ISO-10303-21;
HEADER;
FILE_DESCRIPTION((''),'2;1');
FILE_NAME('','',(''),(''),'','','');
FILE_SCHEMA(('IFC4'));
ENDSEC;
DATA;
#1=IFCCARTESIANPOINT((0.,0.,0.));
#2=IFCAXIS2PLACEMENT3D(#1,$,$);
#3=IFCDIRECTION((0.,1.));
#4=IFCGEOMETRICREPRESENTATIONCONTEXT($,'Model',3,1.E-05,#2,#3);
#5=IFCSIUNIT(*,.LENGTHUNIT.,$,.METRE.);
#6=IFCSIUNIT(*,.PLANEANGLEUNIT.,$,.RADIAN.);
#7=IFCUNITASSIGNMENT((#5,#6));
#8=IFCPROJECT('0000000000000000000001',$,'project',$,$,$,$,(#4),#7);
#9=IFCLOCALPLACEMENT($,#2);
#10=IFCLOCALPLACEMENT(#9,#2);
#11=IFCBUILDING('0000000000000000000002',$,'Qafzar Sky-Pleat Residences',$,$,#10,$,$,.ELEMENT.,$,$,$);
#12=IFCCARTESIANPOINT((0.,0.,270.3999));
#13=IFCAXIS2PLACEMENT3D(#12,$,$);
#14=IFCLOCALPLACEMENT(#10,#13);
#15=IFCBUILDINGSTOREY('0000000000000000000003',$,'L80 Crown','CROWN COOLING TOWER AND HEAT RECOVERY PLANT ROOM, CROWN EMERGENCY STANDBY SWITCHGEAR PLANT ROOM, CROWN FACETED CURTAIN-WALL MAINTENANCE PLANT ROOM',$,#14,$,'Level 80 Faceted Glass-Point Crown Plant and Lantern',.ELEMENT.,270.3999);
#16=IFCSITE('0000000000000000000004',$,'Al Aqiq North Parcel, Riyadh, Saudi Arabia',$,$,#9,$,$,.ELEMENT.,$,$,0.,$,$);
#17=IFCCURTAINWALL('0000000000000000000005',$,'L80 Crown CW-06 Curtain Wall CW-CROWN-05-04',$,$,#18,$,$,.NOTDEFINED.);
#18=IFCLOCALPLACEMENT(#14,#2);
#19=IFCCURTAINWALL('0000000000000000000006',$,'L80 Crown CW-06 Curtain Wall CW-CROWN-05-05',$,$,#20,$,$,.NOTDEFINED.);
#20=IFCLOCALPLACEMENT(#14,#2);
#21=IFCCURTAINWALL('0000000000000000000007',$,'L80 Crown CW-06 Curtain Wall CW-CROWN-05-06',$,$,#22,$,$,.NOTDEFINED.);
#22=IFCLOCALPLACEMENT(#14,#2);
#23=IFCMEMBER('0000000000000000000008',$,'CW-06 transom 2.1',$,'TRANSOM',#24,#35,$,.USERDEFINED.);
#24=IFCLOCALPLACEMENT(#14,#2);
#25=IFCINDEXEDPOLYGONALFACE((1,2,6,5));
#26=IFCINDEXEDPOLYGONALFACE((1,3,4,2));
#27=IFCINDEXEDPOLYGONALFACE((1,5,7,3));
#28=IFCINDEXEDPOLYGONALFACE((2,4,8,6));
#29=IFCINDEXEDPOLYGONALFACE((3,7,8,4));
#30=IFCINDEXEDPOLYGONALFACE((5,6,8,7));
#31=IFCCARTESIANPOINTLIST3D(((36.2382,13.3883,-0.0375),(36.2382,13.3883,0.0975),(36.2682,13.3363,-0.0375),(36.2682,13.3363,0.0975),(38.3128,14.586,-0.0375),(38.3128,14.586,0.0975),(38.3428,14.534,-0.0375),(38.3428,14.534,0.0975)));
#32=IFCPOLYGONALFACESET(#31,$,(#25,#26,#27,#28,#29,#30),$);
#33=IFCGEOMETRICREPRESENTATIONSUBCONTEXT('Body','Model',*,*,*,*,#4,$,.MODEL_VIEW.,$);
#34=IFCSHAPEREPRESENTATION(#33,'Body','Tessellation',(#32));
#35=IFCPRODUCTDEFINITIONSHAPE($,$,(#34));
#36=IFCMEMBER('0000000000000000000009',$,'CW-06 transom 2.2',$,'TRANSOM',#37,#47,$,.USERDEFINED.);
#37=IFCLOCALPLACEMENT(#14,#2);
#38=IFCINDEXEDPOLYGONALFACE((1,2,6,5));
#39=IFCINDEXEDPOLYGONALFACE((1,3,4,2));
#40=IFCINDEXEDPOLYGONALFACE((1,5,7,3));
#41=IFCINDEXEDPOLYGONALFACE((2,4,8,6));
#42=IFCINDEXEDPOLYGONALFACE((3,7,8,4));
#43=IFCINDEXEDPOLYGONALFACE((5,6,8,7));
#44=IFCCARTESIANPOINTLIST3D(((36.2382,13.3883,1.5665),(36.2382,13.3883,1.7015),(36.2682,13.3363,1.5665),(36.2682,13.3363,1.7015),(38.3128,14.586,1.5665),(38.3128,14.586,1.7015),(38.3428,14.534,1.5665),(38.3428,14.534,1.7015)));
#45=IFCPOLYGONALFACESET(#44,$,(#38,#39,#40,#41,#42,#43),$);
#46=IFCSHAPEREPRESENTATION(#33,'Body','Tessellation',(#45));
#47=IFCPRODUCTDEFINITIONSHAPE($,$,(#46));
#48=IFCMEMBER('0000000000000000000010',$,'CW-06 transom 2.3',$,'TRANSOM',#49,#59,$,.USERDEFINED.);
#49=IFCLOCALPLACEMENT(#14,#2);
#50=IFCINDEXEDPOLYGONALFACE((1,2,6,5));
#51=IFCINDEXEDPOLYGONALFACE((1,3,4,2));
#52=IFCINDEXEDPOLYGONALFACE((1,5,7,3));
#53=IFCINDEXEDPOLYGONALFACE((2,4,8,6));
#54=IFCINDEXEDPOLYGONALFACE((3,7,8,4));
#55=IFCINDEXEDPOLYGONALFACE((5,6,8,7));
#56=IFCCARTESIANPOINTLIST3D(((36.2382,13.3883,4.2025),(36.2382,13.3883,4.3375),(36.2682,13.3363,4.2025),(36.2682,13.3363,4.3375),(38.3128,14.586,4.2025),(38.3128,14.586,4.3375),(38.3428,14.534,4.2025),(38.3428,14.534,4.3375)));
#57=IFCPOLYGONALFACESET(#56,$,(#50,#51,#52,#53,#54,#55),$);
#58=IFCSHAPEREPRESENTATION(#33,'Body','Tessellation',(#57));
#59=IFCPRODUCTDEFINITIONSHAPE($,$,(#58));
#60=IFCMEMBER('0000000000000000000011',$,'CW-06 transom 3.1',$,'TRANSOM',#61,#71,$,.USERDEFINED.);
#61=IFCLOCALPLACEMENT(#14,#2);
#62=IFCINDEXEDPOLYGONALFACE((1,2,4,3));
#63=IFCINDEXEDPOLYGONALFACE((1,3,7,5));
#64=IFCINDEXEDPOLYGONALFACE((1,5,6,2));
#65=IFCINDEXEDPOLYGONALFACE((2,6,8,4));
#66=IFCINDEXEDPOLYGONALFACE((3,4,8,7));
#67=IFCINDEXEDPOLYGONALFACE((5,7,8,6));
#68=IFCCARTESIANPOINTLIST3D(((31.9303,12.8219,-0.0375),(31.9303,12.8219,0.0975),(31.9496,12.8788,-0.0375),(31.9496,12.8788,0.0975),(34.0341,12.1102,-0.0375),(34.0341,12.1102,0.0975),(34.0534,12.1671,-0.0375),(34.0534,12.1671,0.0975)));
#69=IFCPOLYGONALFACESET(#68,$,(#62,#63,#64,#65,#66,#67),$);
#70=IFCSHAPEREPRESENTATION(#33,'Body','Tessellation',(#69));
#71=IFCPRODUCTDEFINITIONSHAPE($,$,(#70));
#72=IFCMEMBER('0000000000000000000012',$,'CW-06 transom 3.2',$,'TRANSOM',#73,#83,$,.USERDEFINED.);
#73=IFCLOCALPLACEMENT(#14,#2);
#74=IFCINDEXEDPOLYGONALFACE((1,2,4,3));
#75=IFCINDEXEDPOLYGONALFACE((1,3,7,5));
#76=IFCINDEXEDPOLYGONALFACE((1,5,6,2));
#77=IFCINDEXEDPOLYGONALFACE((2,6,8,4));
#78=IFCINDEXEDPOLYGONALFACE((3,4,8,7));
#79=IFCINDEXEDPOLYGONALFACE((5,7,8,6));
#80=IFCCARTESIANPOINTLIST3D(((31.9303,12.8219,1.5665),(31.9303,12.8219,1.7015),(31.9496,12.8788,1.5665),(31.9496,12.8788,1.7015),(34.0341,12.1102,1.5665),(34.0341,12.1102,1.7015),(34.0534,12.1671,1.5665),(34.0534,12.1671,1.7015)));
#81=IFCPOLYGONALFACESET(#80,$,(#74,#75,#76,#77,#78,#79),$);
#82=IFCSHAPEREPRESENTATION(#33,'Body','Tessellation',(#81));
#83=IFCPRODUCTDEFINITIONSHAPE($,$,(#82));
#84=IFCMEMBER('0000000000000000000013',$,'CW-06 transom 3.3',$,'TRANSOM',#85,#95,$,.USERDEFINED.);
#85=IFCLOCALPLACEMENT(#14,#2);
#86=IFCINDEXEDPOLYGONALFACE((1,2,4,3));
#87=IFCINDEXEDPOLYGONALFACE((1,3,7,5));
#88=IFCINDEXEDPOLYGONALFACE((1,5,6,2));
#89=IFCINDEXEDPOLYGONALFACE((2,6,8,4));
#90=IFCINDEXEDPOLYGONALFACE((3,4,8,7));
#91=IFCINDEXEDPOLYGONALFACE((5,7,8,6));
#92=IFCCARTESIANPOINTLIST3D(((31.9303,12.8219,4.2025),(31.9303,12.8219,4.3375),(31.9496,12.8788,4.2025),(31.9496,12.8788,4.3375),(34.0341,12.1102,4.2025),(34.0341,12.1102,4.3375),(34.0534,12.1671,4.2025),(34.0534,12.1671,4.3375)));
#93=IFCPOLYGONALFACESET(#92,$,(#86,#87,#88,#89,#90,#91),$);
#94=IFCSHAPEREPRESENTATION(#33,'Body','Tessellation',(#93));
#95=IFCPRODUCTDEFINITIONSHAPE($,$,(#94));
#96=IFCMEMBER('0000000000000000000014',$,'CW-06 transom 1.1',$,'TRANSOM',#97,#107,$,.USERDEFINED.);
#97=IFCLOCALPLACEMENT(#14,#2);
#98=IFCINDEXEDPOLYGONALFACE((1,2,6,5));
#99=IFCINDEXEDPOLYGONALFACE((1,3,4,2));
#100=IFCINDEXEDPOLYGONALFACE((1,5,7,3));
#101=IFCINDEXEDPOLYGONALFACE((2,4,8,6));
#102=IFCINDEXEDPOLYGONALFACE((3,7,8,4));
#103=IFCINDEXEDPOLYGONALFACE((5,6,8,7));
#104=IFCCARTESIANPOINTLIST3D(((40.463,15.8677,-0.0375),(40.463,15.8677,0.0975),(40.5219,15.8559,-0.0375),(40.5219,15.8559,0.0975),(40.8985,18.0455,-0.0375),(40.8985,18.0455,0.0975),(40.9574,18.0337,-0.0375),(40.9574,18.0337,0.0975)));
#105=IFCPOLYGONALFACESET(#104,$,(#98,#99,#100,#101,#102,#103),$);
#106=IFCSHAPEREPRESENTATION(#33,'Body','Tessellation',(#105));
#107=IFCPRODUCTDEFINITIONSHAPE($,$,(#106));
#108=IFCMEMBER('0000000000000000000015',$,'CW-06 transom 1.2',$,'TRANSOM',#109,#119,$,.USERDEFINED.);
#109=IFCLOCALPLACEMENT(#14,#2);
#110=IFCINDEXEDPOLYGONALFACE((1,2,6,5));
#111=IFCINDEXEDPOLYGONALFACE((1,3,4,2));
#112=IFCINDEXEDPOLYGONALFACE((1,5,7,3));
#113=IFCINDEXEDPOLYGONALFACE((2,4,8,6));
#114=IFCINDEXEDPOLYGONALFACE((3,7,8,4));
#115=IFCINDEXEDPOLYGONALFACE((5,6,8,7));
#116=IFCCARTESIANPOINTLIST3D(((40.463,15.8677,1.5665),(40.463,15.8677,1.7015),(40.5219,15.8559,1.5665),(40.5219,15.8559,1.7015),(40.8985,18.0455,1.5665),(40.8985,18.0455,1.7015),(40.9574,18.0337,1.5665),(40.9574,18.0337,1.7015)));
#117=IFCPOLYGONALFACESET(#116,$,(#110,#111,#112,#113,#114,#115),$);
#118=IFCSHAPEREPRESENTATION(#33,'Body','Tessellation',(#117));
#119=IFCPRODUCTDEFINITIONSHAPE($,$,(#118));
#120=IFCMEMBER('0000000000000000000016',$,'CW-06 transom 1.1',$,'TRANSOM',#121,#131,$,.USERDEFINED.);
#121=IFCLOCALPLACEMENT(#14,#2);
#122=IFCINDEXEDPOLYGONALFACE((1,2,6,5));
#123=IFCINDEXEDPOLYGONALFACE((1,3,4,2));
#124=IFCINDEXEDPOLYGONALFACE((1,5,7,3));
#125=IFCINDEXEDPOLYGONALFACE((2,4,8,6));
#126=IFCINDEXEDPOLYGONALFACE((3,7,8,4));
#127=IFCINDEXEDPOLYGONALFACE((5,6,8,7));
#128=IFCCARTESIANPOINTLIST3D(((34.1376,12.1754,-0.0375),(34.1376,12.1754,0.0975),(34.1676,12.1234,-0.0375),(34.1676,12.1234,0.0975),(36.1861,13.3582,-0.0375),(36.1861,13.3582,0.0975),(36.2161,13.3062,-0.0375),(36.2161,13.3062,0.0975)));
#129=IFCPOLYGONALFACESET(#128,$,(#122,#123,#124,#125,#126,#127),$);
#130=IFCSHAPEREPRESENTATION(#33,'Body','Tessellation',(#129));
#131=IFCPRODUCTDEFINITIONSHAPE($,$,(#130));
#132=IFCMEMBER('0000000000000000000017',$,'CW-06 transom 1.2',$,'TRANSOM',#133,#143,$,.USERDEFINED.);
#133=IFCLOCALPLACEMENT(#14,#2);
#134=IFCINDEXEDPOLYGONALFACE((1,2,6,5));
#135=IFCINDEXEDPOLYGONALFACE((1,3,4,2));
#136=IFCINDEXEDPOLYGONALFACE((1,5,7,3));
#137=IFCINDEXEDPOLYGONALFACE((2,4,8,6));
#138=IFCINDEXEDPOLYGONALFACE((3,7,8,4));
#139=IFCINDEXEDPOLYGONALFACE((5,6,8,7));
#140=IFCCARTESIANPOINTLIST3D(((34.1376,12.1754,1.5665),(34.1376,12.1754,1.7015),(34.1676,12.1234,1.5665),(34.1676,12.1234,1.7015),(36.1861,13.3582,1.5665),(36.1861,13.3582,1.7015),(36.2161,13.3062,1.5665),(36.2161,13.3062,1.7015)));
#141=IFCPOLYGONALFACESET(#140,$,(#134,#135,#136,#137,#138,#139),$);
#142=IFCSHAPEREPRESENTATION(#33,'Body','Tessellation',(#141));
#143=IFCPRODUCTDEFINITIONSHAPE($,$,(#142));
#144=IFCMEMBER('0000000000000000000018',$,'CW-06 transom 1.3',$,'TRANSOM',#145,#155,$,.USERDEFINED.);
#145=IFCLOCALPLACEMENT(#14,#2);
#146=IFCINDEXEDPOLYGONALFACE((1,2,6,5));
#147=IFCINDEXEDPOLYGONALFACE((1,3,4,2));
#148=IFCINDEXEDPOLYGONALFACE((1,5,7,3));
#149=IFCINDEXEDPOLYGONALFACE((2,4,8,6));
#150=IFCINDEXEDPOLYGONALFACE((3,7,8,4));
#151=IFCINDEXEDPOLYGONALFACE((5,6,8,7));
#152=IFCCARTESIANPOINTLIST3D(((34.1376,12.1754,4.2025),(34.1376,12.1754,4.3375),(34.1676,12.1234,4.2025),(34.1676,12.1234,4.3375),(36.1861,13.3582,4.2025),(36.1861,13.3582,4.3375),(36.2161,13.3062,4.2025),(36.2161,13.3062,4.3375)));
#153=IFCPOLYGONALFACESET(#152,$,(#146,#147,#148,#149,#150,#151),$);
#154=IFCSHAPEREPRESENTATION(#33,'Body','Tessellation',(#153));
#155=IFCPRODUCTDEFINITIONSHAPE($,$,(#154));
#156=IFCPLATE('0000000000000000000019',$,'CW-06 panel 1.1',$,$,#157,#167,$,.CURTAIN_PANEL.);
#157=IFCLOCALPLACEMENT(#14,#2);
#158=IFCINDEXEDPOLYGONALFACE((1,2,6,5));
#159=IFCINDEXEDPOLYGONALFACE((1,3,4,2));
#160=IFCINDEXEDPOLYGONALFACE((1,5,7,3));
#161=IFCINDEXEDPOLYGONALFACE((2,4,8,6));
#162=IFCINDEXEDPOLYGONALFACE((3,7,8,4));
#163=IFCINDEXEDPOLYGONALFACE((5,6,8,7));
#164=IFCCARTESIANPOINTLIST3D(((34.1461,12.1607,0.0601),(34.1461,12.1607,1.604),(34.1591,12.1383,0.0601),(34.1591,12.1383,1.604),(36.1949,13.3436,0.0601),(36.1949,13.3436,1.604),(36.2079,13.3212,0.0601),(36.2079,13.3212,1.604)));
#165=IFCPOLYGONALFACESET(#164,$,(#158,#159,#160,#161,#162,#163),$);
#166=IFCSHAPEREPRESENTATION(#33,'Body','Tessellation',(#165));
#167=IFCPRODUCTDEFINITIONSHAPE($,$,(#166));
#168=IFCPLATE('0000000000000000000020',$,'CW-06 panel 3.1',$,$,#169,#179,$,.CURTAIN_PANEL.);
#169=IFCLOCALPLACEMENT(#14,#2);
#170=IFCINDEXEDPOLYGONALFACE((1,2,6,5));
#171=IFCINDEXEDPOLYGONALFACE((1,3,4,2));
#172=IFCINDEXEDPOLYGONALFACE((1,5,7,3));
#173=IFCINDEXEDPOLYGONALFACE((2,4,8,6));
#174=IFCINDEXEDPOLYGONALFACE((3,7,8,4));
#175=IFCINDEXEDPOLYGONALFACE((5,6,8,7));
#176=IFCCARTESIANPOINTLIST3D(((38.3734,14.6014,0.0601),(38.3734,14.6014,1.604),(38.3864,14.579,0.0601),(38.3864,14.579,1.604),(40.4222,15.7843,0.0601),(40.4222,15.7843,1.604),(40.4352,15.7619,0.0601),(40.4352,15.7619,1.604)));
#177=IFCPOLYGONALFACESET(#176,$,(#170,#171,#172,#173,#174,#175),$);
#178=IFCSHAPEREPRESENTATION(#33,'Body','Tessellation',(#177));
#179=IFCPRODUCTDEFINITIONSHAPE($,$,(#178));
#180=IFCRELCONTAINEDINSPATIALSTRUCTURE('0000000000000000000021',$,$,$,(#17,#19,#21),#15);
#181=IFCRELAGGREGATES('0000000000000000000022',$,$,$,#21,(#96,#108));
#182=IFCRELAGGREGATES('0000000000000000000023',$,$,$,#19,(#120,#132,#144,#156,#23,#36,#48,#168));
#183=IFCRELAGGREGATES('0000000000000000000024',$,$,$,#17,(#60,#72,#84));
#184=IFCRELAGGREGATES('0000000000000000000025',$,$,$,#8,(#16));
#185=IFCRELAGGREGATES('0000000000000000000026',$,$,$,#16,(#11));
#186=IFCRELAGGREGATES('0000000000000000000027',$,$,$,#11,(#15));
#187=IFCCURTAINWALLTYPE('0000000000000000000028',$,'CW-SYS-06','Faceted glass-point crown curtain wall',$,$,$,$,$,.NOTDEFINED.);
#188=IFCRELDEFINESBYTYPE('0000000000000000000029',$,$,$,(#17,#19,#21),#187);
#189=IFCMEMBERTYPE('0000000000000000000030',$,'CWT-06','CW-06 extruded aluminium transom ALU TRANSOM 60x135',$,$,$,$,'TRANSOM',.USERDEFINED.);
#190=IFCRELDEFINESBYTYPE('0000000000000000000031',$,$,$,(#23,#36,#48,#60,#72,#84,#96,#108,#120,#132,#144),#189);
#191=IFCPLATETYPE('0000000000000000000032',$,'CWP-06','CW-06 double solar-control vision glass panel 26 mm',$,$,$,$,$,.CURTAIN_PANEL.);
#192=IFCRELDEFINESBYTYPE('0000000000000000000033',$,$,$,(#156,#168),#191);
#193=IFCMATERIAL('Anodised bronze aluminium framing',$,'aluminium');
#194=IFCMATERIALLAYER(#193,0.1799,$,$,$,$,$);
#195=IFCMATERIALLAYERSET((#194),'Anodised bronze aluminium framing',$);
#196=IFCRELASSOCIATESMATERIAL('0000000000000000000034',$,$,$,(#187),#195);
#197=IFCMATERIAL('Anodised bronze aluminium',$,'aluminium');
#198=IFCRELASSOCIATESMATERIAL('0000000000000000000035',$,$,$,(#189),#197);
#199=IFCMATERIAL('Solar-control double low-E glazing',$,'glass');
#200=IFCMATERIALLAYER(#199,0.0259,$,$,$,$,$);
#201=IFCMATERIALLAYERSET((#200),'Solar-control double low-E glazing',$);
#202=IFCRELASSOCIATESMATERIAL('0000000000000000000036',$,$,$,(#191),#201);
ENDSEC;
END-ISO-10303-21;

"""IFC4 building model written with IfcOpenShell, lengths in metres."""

from ifc_helpers import new_model, si_unit, direction, frame, origin, origin_2d, place, context, subcontext, project, spatial, rectangle, extrude, source, transform, mapped, material, layer, layer_set, material_profile, profile_set, type_object, element, aggregate, save


model = new_model("IFC4")

# Units and contexts
model_context = context("Model", 3, precision=1e-05, world=origin(), true_north=direction((0.0, 1.0)))
body_context = subcontext(model_context, "Body", "Model", "MODEL_VIEW")
ifc_project = project(units=[si_unit("LENGTHUNIT", "METRE"), si_unit("PLANEANGLEUNIT", "RADIAN")], contexts=[model_context])

# Site, building, storey
site_placement = place(None, origin())
site = spatial("IfcSite", under=ifc_project, at=site_placement, Name="Al Aqiq North Parcel, Riyadh, Saudi Arabia", CompositionType="ELEMENT", RefElevation=0.0)
building_placement = place(site_placement, origin())
building = spatial("IfcBuilding", under=site, at=building_placement, Name="Qafzar Sky-Pleat Residences", CompositionType="ELEMENT")
storey_placement = place(building_placement, frame((0.0, 0.0, 270.3999)))
storey = spatial("IfcBuildingStorey", under=building, at=storey_placement, Name="L80 Crown", Description="CROWN COOLING TOWER AND HEAT RECOVERY PLANT ROOM, CROWN EMERGENCY STANDBY SWITCHGEAR PLANT ROOM, CROWN FACETED CURTAIN-WALL MAINTENANCE PLANT ROOM", LongName="Level 80 Faceted Glass-Point Crown Plant and Lantern", CompositionType="ELEMENT", Elevation=270.3999)

# Curtain walls
ifc_material_1 = material(Name="Anodised bronze aluminium framing", Category="aluminium")
ifc_layer_1 = layer(ifc_material_1, 0.1799)
ifc_layer_set_1 = layer_set([ifc_layer_1], Name="Anodised bronze aluminium framing")
curtain_wall_type = type_object("IfcCurtainWallType", Name="CW-SYS-06", Description="Faceted glass-point crown curtain wall", PredefinedType="NOTDEFINED", material=ifc_layer_set_1)
curtain_wall_1_placement = place(storey_placement, origin())
curtain_wall_1 = element("IfcCurtainWall", 1, at=curtain_wall_1_placement, inside=storey, type_object=curtain_wall_type, Name="L80 Crown CW-06 Curtain Wall CW-CROWN-05-04", PredefinedType="NOTDEFINED")
ifc_material_2 = material(Name="Anodised bronze aluminium", Category="aluminium")
curtain_wall_2_placement = place(storey_placement, origin())
curtain_wall_2 = element("IfcCurtainWall", 2, at=curtain_wall_2_placement, inside=storey, type_object=curtain_wall_type, Name="L80 Crown CW-06 Curtain Wall CW-CROWN-05-05", PredefinedType="NOTDEFINED")

# Curtain wall
curtain_wall_3_placement = place(storey_placement, origin())
curtain_wall_3 = element("IfcCurtainWall", 3, at=curtain_wall_3_placement, inside=storey, type_object=curtain_wall_type, Name="L80 Crown CW-06 Curtain Wall CW-CROWN-05-06", PredefinedType="NOTDEFINED")

# Members
ifc_material_profile_1 = material_profile(ifc_material_2, rectangle(XDim=0.0601, YDim=0.135, at=origin_2d()), Name="ALU TRANSOM 60x135")
ifc_profile_set_1 = profile_set([ifc_material_profile_1], Name="Anodised bronze aluminium")
member_type_1 = type_object("IfcMemberType", Name="CWT-06", Description="CW-06 extruded aluminium transom ALU TRANSOM 60x135", ElementType="TRANSOM", PredefinedType="USERDEFINED", material=ifc_profile_set_1)
shared_shape_1 = source(origin(), body_context, "Body", "SweptSolid", [
    extrude(rectangle(XDim=0.0601, YDim=0.135, at=origin_2d()), origin(), (0.0, 0.0, 1.0), 2.3955),
])
member_1_placement = place(storey_placement, frame((36.2532, 13.3623, 0.03), z_axis=(0.86604, 0.499975, 0.0), x_axis=(-0.499975, 0.86604, 0.0)))
member_1 = element("IfcMember", 4, at=member_1_placement, type_object=member_type_1, Name="CW-06 transom 2.1", ObjectType="TRANSOM", PredefinedType="USERDEFINED", context=body_context, shape_type="MappedRepresentation", body=[
    mapped(shared_shape_1, transform((0.0, 0.0, 0.0), x_axis=(1.0, 0.0, 0.0), y_axis=(0.0, 1.0, 0.0), z_axis=(0.0, 0.0, 1.0), scale=1.0)),
])
member_2_placement = place(storey_placement, frame((36.2532, 13.3623, 1.634), z_axis=(0.86604, 0.499975, 0.0), x_axis=(-0.499975, 0.86604, 0.0)))
member_2 = element("IfcMember", 5, at=member_2_placement, type_object=member_type_1, Name="CW-06 transom 2.2", ObjectType="TRANSOM", PredefinedType="USERDEFINED", context=body_context, shape_type="MappedRepresentation", body=[
    mapped(shared_shape_1, transform((0.0, 0.0, 0.0), x_axis=(1.0, 0.0, 0.0), y_axis=(0.0, 1.0, 0.0), z_axis=(0.0, 0.0, 1.0), scale=1.0)),
])
member_3_placement = place(storey_placement, frame((36.2532, 13.3623, 4.27), z_axis=(0.86604, 0.499975, 0.0), x_axis=(-0.499975, 0.86604, 0.0)))
member_3 = element("IfcMember", 6, at=member_3_placement, type_object=member_type_1, Name="CW-06 transom 2.3", ObjectType="TRANSOM", PredefinedType="USERDEFINED", context=body_context, shape_type="MappedRepresentation", body=[
    mapped(shared_shape_1, transform((0.0, 0.0, 0.0), x_axis=(1.0, 0.0, 0.0), y_axis=(0.0, 1.0, 0.0), z_axis=(0.0, 0.0, 1.0), scale=1.0)),
])
shared_shape_2 = source(origin(), body_context, "Body", "SweptSolid", [
    extrude(rectangle(XDim=0.0601, YDim=0.135, at=origin_2d()), origin(), (0.0, 0.0, 1.0), 2.2209),
])
member_4_placement = place(storey_placement, frame((31.9399, 12.8503, 0.03), z_axis=(0.947267, -0.320446, 0.0), x_axis=(0.320446, 0.947267, 0.0)))
member_4 = element("IfcMember", 7, at=member_4_placement, type_object=member_type_1, Name="CW-06 transom 3.1", ObjectType="TRANSOM", PredefinedType="USERDEFINED", context=body_context, shape_type="MappedRepresentation", body=[
    mapped(shared_shape_2, transform((0.0, 0.0, 0.0), x_axis=(1.0, 0.0, 0.0), y_axis=(0.0, 1.0, 0.0), z_axis=(0.0, 0.0, 1.0), scale=1.0)),
])
member_5_placement = place(storey_placement, frame((31.9399, 12.8503, 1.634), z_axis=(0.947267, -0.320446, 0.0), x_axis=(0.320446, 0.947267, 0.0)))
member_5 = element("IfcMember", 8, at=member_5_placement, type_object=member_type_1, Name="CW-06 transom 3.2", ObjectType="TRANSOM", PredefinedType="USERDEFINED", context=body_context, shape_type="MappedRepresentation", body=[
    mapped(shared_shape_2, transform((0.0, 0.0, 0.0), x_axis=(1.0, 0.0, 0.0), y_axis=(0.0, 1.0, 0.0), z_axis=(0.0, 0.0, 1.0), scale=1.0)),
])
member_6_placement = place(storey_placement, frame((31.9399, 12.8503, 4.27), z_axis=(0.947267, -0.320446, 0.0), x_axis=(0.320446, 0.947267, 0.0)))
member_6 = element("IfcMember", 9, at=member_6_placement, type_object=member_type_1, Name="CW-06 transom 3.3", ObjectType="TRANSOM", PredefinedType="USERDEFINED", context=body_context, shape_type="MappedRepresentation", body=[
    mapped(shared_shape_2, transform((0.0, 0.0, 0.0), x_axis=(1.0, 0.0, 0.0), y_axis=(0.0, 1.0, 0.0), z_axis=(0.0, 0.0, 1.0), scale=1.0)),
])
member_7_placement = place(storey_placement, frame((40.4924, 15.8618, 0.03), z_axis=(0.196116, 0.980581, 0.0), x_axis=(-0.980581, 0.196116, 0.0)))
member_7 = element("IfcMember", 10, at=member_7_placement, type_object=member_type_1, Name="CW-06 transom 1.1", ObjectType="TRANSOM", PredefinedType="USERDEFINED", context=body_context, shape_type="MappedRepresentation", body=[
    mapped(shared_shape_2, transform((0.0, 0.0, 0.0), x_axis=(1.0, 0.0, 0.0), y_axis=(0.0, 1.0, 0.0), z_axis=(0.0, 0.0, 1.0), scale=1.0)),
])
member_8_placement = place(storey_placement, frame((40.4924, 15.8618, 1.634), z_axis=(0.196116, 0.980581, 0.0), x_axis=(-0.980581, 0.196116, 0.0)))
member_8 = element("IfcMember", 11, at=member_8_placement, type_object=member_type_1, Name="CW-06 transom 1.2", ObjectType="TRANSOM", PredefinedType="USERDEFINED", context=body_context, shape_type="MappedRepresentation", body=[
    mapped(shared_shape_2, transform((0.0, 0.0, 0.0), x_axis=(1.0, 0.0, 0.0), y_axis=(0.0, 1.0, 0.0), z_axis=(0.0, 0.0, 1.0), scale=1.0)),
])
aggregate(curtain_wall_3, [member_7, member_8])
shared_shape_3 = source(origin(), body_context, "Body", "SweptSolid", [
    extrude(rectangle(XDim=0.0601, YDim=0.135, at=origin_2d()), origin(), (0.0, 0.0, 1.0), 2.3655),
])
member_9_placement = place(storey_placement, frame((34.1526, 12.1494, 0.03), z_axis=(0.866005, 0.500035, 0.0), x_axis=(-0.500035, 0.866005, 0.0)))
member_9 = element("IfcMember", 12, at=member_9_placement, type_object=member_type_1, Name="CW-06 transom 1.1", ObjectType="TRANSOM", PredefinedType="USERDEFINED", context=body_context, shape_type="MappedRepresentation", body=[
    mapped(shared_shape_3, transform((0.0, 0.0, 0.0), x_axis=(1.0, 0.0, 0.0), y_axis=(0.0, 1.0, 0.0), z_axis=(0.0, 0.0, 1.0), scale=1.0)),
])
member_10_placement = place(storey_placement, frame((34.1526, 12.1494, 1.634), z_axis=(0.866005, 0.500035, 0.0), x_axis=(-0.500035, 0.866005, 0.0)))
member_10 = element("IfcMember", 13, at=member_10_placement, type_object=member_type_1, Name="CW-06 transom 1.2", ObjectType="TRANSOM", PredefinedType="USERDEFINED", context=body_context, shape_type="MappedRepresentation", body=[
    mapped(shared_shape_3, transform((0.0, 0.0, 0.0), x_axis=(1.0, 0.0, 0.0), y_axis=(0.0, 1.0, 0.0), z_axis=(0.0, 0.0, 1.0), scale=1.0)),
])
member_11_placement = place(storey_placement, frame((34.1526, 12.1494, 4.27), z_axis=(0.866005, 0.500035, 0.0), x_axis=(-0.500035, 0.866005, 0.0)))
member_11 = element("IfcMember", 14, at=member_11_placement, type_object=member_type_1, Name="CW-06 transom 1.3", ObjectType="TRANSOM", PredefinedType="USERDEFINED", context=body_context, shape_type="MappedRepresentation", body=[
    mapped(shared_shape_3, transform((0.0, 0.0, 0.0), x_axis=(1.0, 0.0, 0.0), y_axis=(0.0, 1.0, 0.0), z_axis=(0.0, 0.0, 1.0), scale=1.0)),
])

# Plates
ifc_material_3 = material(Name="Solar-control double low-E glazing", Category="glass")
ifc_layer_2 = layer(ifc_material_3, 0.0259)
ifc_layer_set_2 = layer_set([ifc_layer_2], Name="Solar-control double low-E glazing")
plate_type = type_object("IfcPlateType", Name="CWP-06", Description="CW-06 double solar-control vision glass panel 26 mm", PredefinedType="CURTAIN_PANEL", material=ifc_layer_set_2)
shared_shape_4 = source(origin(), body_context, "Body", "SweptSolid", [
    extrude(rectangle(XDim=2.3657, YDim=0.0259, at=origin_2d()), origin(), (0.0, 0.0, 1.0), 1.5439),
])
plate_1_placement = place(storey_placement, frame((35.177, 12.741, 0.0601), z_axis=(0.0, 0.0, 1.0), x_axis=(0.866025, 0.500001, 0.0)))
plate_1 = element("IfcPlate", 15, at=plate_1_placement, type_object=plate_type, Name="CW-06 panel 1.1", PredefinedType="CURTAIN_PANEL", context=body_context, shape_type="MappedRepresentation", body=[
    mapped(shared_shape_4, transform((0.0, 0.0, 0.0), x_axis=(1.0, 0.0, 0.0), y_axis=(0.0, 1.0, 0.0), z_axis=(0.0, 0.0, 1.0), scale=1.0)),
])
plate_2_placement = place(storey_placement, frame((39.4043, 15.1816, 0.0601), z_axis=(0.0, 0.0, 1.0), x_axis=(0.866025, 0.500001, 0.0)))
plate_2 = element("IfcPlate", 16, at=plate_2_placement, type_object=plate_type, Name="CW-06 panel 3.1", PredefinedType="CURTAIN_PANEL", context=body_context, shape_type="MappedRepresentation", body=[
    mapped(shared_shape_4, transform((0.0, 0.0, 0.0), x_axis=(1.0, 0.0, 0.0), y_axis=(0.0, 1.0, 0.0), z_axis=(0.0, 0.0, 1.0), scale=1.0)),
])
aggregate(curtain_wall_2, [member_9, member_10, member_11, plate_1, member_1, member_2, member_3, plate_2])
aggregate(curtain_wall_1, [member_4, member_5, member_6])

save(model, "model.ifc")
